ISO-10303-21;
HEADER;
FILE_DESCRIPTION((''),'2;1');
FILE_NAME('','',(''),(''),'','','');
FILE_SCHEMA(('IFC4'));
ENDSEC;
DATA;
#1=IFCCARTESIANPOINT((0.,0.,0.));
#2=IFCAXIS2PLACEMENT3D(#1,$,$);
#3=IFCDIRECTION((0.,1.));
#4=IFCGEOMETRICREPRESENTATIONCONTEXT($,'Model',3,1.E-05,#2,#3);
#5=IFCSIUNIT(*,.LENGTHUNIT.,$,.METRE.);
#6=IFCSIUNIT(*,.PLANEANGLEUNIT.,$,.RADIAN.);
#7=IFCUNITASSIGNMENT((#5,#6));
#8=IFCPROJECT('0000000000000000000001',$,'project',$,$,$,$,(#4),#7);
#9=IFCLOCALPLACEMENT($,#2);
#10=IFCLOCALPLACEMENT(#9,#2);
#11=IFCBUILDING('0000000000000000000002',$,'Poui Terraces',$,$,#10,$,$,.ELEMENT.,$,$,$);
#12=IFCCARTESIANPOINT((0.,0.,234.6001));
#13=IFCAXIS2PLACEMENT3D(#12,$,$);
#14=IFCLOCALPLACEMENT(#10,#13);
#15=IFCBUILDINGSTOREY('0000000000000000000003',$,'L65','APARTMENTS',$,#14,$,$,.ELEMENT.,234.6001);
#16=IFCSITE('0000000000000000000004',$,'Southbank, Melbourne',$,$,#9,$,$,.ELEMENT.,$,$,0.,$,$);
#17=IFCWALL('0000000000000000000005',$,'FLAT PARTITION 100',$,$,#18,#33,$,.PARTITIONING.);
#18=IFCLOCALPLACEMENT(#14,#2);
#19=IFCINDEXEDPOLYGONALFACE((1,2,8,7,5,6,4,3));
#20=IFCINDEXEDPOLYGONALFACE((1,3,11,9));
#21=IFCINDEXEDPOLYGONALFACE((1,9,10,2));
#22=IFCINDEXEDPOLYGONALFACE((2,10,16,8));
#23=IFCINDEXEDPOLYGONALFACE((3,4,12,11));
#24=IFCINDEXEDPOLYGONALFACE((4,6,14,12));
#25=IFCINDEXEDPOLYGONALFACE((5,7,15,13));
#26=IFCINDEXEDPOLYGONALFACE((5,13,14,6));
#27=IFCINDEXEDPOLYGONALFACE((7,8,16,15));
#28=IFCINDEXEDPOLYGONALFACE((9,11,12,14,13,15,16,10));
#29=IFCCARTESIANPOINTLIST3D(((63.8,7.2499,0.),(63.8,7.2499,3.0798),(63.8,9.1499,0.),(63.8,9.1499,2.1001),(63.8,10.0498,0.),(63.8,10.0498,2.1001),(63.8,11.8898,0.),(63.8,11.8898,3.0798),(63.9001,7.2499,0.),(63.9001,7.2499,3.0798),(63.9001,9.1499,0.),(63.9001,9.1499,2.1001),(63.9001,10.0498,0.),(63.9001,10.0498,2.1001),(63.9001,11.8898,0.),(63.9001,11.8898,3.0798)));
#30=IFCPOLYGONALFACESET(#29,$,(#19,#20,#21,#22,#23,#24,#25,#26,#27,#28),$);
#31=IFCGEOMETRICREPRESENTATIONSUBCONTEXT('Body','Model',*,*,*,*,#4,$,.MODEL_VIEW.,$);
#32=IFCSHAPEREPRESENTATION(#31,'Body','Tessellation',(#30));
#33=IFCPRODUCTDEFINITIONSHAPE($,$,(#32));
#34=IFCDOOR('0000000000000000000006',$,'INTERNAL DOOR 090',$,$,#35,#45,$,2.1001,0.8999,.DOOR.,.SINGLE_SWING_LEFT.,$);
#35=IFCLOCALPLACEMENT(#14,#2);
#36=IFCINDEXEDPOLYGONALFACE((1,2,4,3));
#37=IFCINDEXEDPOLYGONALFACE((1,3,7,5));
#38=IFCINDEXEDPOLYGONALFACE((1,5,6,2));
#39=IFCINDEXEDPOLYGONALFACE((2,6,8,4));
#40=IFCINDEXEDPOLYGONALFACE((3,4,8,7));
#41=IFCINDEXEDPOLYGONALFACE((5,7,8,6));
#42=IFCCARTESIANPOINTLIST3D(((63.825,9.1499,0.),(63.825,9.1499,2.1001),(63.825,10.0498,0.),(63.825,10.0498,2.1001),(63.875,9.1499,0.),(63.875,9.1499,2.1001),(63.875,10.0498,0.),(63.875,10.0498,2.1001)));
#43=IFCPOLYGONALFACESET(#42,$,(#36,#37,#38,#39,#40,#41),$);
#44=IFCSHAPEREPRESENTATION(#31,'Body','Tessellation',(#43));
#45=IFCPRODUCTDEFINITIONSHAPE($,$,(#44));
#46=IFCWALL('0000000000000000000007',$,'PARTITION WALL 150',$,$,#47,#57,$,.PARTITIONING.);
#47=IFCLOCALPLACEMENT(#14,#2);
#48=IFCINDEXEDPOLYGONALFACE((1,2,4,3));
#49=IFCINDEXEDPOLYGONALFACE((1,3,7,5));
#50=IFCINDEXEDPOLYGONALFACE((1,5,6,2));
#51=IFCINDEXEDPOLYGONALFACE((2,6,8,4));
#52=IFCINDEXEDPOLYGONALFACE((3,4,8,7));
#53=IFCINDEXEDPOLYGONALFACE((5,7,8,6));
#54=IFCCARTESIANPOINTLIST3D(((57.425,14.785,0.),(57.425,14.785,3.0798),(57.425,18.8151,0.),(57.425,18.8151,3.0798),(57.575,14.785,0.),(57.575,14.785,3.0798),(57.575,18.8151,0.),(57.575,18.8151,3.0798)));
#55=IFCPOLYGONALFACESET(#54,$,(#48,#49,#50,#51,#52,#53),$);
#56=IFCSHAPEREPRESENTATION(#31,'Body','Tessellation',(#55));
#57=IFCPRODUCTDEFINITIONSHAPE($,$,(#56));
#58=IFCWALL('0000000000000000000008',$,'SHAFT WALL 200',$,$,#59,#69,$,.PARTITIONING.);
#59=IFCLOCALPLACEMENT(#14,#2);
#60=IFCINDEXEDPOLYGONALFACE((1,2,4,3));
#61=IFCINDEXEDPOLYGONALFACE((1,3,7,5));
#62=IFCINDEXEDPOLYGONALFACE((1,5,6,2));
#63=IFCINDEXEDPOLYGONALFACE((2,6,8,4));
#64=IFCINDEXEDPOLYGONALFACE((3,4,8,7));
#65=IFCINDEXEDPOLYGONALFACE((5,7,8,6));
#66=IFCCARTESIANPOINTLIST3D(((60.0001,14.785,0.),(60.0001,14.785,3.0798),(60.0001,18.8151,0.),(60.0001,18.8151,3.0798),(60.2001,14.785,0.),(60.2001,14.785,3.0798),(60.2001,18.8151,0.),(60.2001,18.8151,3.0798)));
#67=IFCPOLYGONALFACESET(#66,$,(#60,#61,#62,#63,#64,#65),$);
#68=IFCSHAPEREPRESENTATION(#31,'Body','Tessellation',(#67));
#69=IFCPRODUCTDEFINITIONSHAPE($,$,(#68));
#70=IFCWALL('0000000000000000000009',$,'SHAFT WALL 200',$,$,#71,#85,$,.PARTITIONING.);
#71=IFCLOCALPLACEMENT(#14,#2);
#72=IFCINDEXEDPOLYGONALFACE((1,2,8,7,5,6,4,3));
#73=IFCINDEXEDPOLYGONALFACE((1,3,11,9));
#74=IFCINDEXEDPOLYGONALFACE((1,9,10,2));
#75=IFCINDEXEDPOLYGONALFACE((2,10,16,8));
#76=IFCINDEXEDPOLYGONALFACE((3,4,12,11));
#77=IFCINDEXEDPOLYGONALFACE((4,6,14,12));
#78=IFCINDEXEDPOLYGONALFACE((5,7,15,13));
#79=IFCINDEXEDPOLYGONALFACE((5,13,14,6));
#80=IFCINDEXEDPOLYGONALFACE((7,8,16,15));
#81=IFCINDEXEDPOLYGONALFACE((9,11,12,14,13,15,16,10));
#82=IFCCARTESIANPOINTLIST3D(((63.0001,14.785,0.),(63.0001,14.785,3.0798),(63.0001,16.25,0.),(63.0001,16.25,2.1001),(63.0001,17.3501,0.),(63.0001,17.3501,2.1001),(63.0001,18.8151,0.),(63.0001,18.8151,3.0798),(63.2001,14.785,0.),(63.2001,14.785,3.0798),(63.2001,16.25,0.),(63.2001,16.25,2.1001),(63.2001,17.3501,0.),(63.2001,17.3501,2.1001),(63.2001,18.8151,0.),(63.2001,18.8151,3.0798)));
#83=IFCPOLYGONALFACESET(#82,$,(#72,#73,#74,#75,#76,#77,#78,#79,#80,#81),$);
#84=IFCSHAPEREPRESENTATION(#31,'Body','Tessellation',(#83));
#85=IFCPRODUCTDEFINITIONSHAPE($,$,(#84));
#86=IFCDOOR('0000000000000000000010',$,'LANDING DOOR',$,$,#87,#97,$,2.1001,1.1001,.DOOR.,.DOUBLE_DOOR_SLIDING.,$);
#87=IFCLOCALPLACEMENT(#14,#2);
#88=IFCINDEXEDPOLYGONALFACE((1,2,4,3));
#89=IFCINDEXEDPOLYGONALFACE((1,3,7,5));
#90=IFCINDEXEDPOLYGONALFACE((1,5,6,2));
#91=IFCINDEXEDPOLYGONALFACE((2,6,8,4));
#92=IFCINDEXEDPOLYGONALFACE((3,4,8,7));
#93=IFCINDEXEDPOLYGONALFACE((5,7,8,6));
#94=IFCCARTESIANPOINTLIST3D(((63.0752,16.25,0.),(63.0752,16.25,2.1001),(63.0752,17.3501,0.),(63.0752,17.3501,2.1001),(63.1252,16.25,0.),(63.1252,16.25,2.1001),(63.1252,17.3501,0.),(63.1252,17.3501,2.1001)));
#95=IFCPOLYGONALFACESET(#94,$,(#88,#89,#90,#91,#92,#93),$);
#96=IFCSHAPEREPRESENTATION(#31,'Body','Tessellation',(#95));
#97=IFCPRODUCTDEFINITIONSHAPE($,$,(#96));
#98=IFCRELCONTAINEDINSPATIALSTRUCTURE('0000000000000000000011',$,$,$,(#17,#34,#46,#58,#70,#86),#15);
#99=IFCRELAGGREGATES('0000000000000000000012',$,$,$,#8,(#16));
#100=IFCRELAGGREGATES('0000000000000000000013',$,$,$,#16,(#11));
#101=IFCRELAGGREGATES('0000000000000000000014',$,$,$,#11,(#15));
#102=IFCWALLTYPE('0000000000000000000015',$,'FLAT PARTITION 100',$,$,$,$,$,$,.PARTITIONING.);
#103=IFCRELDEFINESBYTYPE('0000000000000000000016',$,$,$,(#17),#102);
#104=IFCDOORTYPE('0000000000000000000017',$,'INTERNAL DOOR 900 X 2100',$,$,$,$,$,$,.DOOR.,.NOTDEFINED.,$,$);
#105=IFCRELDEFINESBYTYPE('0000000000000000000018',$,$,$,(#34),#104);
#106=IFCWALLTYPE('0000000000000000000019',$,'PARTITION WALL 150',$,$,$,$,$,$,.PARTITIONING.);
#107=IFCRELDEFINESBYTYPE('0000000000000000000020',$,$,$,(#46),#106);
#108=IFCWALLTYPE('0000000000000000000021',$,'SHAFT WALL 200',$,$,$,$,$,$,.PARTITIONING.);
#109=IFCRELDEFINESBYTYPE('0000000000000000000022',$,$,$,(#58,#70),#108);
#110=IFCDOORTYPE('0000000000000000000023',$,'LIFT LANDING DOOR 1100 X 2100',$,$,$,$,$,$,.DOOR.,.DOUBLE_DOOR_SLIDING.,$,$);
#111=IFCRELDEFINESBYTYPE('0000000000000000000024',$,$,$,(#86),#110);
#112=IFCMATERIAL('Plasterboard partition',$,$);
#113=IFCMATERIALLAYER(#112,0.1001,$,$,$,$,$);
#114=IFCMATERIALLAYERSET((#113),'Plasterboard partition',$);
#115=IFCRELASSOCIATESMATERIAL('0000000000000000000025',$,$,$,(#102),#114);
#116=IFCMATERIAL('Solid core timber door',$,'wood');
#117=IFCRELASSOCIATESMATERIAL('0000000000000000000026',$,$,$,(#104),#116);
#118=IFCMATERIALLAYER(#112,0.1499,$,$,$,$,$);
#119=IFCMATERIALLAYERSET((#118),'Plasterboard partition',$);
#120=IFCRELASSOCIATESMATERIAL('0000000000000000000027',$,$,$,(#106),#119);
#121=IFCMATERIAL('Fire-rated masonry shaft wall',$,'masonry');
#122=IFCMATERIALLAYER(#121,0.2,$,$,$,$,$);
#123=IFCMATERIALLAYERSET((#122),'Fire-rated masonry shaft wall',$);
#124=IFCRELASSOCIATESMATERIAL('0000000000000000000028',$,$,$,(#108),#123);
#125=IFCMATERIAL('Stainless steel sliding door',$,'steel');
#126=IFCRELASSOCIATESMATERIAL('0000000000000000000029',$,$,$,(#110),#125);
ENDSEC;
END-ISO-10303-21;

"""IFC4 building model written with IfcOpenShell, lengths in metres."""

from ifc_helpers import new_model, si_unit, direction, frame, frame_2d, origin, place, context, subcontext, project, spatial, rectangle, extrude, material, layer, layer_set, type_object, element, fill, save


model = new_model("IFC4")

# Units and contexts
model_context = context("Model", 3, precision=1e-05, world=origin(), true_north=direction((0.0, 1.0)))
body_context = subcontext(model_context, "Body", "Model", "MODEL_VIEW")
ifc_project = project(units=[si_unit("LENGTHUNIT", "METRE"), si_unit("PLANEANGLEUNIT", "RADIAN")], contexts=[model_context])

# Site, building, storey
site_placement = place(None, origin())
site = spatial("IfcSite", under=ifc_project, at=site_placement, Name="Southbank, Melbourne", CompositionType="ELEMENT", RefElevation=0.0)
building_placement = place(site_placement, origin())
building = spatial("IfcBuilding", under=site, at=building_placement, Name="Poui Terraces", CompositionType="ELEMENT")
storey_placement = place(building_placement, frame((0.0, 0.0, 234.6001)))
storey = spatial("IfcBuildingStorey", under=building, at=storey_placement, Name="L65", Description="APARTMENTS", CompositionType="ELEMENT", Elevation=234.6001)

# Shared definitions
ifc_material_1 = material(Name="Plasterboard partition")
ifc_layer_1 = layer(ifc_material_1, 0.1001)
ifc_layer_set_1 = layer_set([ifc_layer_1], Name="Plasterboard partition")
wall_type_1 = type_object("IfcWallType", Name="FLAT PARTITION 100", PredefinedType="PARTITIONING", material=ifc_layer_set_1)
ifc_material_2 = material(Name="Solid core timber door", Category="wood")
door_type_1 = type_object("IfcDoorType", Name="INTERNAL DOOR 900 X 2100", OperationType="NOTDEFINED", PredefinedType="DOOR", material=ifc_material_2)

# Wall, opening, door
wall_1_placement = place(storey_placement, frame((63.8501, 7.25, 0.0), z_axis=(0.0, 0.0, 1.0), x_axis=(0.0, 1.0, 0.0)))
wall_1 = element("IfcWall", 1, at=wall_1_placement, inside=storey, type_object=wall_type_1, Name="FLAT PARTITION 100", PredefinedType="PARTITIONING", context=body_context, shape_type="SweptSolid", body=[
    extrude(rectangle(XDim=4.6399, YDim=0.1001, at=frame_2d((2.3198, 0.0))), origin(), (0.0, 0.0, 1.0), 3.0798),
])
opening_1_placement = place(wall_1_placement, frame((1.8999, 0.0, 0.0)))
opening_1 = element("IfcOpeningElement", 2, at=opening_1_placement, cuts=wall_1, PredefinedType="OPENING", context=body_context, shape_type="SweptSolid", body=[
    extrude(rectangle(XDim=0.8999, YDim=2.1001, at=frame_2d((0.45, 1.05))), frame((0.0, 0.0601, 0.0), z_axis=(0.0, -1.0, 0.0), x_axis=(1.0, 0.0, 0.0)), (0.0, 0.0, 1.0), 0.1201),
])
door_1_placement = place(opening_1_placement, frame((0.8999, 0.0, 0.0), z_axis=(0.0, 0.0, 1.0), x_axis=(-1.0, 0.0, 0.0)))
door_1 = element("IfcDoor", 3, at=door_1_placement, inside=storey, type_object=door_type_1, Name="INTERNAL DOOR 090", OperationType="SINGLE_SWING_LEFT", OverallHeight=2.1001, OverallWidth=0.8999, PredefinedType="DOOR", context=body_context, shape_type="SweptSolid", body=[
    extrude(rectangle(XDim=0.8999, YDim=2.1001, at=frame_2d((0.45, 1.05))), frame((0.0, 0.0249, 0.0), z_axis=(0.0, -1.0, 0.0), x_axis=(1.0, 0.0, 0.0)), (0.0, 0.0, 1.0), 0.05),
])
fill(opening_1, door_1)

# Walls
ifc_layer_2 = layer(ifc_material_1, 0.1499)
ifc_layer_set_2 = layer_set([ifc_layer_2], Name="Plasterboard partition")
wall_type_2 = type_object("IfcWallType", Name="PARTITION WALL 150", PredefinedType="PARTITIONING", material=ifc_layer_set_2)
wall_2_placement = place(storey_placement, frame((57.5, 14.7849, 0.0), z_axis=(0.0, 0.0, 1.0), x_axis=(0.0, 1.0, 0.0)))
element("IfcWall", 4, at=wall_2_placement, inside=storey, type_object=wall_type_2, Name="PARTITION WALL 150", PredefinedType="PARTITIONING", context=body_context, shape_type="SweptSolid", body=[
    extrude(rectangle(XDim=4.03, YDim=0.1499, at=frame_2d((2.0151, 0.0))), origin(), (0.0, 0.0, 1.0), 3.0798),
])
ifc_material_3 = material(Name="Fire-rated masonry shaft wall", Category="masonry")
ifc_layer_3 = layer(ifc_material_3, 0.2)
ifc_layer_set_3 = layer_set([ifc_layer_3], Name="Fire-rated masonry shaft wall")
wall_type_3 = type_object("IfcWallType", Name="SHAFT WALL 200", PredefinedType="PARTITIONING", material=ifc_layer_set_3)
wall_3_placement = place(storey_placement, frame((60.1001, 14.7849, 0.0), z_axis=(0.0, 0.0, 1.0), x_axis=(0.0, 1.0, 0.0)))
element("IfcWall", 5, at=wall_3_placement, inside=storey, type_object=wall_type_3, Name="SHAFT WALL 200", PredefinedType="PARTITIONING", context=body_context, shape_type="SweptSolid", body=[
    extrude(rectangle(XDim=4.03, YDim=0.2, at=frame_2d((2.0151, 0.0))), origin(), (0.0, 0.0, 1.0), 3.0798),
])

# Wall, opening, door
wall_4_placement = place(storey_placement, frame((63.1001, 14.7849, 0.0), z_axis=(0.0, 0.0, 1.0), x_axis=(0.0, 1.0, 0.0)))
wall_4 = element("IfcWall", 6, at=wall_4_placement, inside=storey, type_object=wall_type_3, Name="SHAFT WALL 200", PredefinedType="PARTITIONING", context=body_context, shape_type="SweptSolid", body=[
    extrude(rectangle(XDim=4.03, YDim=0.2, at=frame_2d((2.0151, 0.0))), origin(), (0.0, 0.0, 1.0), 3.0798),
])
opening_2_placement = place(wall_4_placement, frame((1.4651, 0.0, 0.0)))
opening_2 = element("IfcOpeningElement", 7, at=opening_2_placement, cuts=wall_4, PredefinedType="OPENING", context=body_context, shape_type="SweptSolid", body=[
    extrude(rectangle(XDim=1.1001, YDim=2.1001, at=frame_2d((0.55, 1.05))), frame((0.0, 0.1099, 0.0), z_axis=(0.0, -1.0, 0.0), x_axis=(1.0, 0.0, 0.0)), (0.0, 0.0, 1.0), 0.22),
])
ifc_material_4 = material(Name="Stainless steel sliding door", Category="steel")
door_type_2 = type_object("IfcDoorType", Name="LIFT LANDING DOOR 1100 X 2100", OperationType="DOUBLE_DOOR_SLIDING", PredefinedType="DOOR", material=ifc_material_4)
door_2_placement = place(opening_2_placement, origin())
door_2 = element("IfcDoor", 8, at=door_2_placement, inside=storey, type_object=door_type_2, Name="LANDING DOOR", OperationType="DOUBLE_DOOR_SLIDING", OverallHeight=2.1001, OverallWidth=1.1001, PredefinedType="DOOR", context=body_context, shape_type="SweptSolid", body=[
    extrude(rectangle(XDim=1.1001, YDim=2.1001, at=frame_2d((0.55, 1.05))), frame((0.0, 0.0249, 0.0), z_axis=(0.0, -1.0, 0.0), x_axis=(1.0, 0.0, 0.0)), (0.0, 0.0, 1.0), 0.05),
])
fill(opening_2, door_2)

save(model, "model.ifc")
